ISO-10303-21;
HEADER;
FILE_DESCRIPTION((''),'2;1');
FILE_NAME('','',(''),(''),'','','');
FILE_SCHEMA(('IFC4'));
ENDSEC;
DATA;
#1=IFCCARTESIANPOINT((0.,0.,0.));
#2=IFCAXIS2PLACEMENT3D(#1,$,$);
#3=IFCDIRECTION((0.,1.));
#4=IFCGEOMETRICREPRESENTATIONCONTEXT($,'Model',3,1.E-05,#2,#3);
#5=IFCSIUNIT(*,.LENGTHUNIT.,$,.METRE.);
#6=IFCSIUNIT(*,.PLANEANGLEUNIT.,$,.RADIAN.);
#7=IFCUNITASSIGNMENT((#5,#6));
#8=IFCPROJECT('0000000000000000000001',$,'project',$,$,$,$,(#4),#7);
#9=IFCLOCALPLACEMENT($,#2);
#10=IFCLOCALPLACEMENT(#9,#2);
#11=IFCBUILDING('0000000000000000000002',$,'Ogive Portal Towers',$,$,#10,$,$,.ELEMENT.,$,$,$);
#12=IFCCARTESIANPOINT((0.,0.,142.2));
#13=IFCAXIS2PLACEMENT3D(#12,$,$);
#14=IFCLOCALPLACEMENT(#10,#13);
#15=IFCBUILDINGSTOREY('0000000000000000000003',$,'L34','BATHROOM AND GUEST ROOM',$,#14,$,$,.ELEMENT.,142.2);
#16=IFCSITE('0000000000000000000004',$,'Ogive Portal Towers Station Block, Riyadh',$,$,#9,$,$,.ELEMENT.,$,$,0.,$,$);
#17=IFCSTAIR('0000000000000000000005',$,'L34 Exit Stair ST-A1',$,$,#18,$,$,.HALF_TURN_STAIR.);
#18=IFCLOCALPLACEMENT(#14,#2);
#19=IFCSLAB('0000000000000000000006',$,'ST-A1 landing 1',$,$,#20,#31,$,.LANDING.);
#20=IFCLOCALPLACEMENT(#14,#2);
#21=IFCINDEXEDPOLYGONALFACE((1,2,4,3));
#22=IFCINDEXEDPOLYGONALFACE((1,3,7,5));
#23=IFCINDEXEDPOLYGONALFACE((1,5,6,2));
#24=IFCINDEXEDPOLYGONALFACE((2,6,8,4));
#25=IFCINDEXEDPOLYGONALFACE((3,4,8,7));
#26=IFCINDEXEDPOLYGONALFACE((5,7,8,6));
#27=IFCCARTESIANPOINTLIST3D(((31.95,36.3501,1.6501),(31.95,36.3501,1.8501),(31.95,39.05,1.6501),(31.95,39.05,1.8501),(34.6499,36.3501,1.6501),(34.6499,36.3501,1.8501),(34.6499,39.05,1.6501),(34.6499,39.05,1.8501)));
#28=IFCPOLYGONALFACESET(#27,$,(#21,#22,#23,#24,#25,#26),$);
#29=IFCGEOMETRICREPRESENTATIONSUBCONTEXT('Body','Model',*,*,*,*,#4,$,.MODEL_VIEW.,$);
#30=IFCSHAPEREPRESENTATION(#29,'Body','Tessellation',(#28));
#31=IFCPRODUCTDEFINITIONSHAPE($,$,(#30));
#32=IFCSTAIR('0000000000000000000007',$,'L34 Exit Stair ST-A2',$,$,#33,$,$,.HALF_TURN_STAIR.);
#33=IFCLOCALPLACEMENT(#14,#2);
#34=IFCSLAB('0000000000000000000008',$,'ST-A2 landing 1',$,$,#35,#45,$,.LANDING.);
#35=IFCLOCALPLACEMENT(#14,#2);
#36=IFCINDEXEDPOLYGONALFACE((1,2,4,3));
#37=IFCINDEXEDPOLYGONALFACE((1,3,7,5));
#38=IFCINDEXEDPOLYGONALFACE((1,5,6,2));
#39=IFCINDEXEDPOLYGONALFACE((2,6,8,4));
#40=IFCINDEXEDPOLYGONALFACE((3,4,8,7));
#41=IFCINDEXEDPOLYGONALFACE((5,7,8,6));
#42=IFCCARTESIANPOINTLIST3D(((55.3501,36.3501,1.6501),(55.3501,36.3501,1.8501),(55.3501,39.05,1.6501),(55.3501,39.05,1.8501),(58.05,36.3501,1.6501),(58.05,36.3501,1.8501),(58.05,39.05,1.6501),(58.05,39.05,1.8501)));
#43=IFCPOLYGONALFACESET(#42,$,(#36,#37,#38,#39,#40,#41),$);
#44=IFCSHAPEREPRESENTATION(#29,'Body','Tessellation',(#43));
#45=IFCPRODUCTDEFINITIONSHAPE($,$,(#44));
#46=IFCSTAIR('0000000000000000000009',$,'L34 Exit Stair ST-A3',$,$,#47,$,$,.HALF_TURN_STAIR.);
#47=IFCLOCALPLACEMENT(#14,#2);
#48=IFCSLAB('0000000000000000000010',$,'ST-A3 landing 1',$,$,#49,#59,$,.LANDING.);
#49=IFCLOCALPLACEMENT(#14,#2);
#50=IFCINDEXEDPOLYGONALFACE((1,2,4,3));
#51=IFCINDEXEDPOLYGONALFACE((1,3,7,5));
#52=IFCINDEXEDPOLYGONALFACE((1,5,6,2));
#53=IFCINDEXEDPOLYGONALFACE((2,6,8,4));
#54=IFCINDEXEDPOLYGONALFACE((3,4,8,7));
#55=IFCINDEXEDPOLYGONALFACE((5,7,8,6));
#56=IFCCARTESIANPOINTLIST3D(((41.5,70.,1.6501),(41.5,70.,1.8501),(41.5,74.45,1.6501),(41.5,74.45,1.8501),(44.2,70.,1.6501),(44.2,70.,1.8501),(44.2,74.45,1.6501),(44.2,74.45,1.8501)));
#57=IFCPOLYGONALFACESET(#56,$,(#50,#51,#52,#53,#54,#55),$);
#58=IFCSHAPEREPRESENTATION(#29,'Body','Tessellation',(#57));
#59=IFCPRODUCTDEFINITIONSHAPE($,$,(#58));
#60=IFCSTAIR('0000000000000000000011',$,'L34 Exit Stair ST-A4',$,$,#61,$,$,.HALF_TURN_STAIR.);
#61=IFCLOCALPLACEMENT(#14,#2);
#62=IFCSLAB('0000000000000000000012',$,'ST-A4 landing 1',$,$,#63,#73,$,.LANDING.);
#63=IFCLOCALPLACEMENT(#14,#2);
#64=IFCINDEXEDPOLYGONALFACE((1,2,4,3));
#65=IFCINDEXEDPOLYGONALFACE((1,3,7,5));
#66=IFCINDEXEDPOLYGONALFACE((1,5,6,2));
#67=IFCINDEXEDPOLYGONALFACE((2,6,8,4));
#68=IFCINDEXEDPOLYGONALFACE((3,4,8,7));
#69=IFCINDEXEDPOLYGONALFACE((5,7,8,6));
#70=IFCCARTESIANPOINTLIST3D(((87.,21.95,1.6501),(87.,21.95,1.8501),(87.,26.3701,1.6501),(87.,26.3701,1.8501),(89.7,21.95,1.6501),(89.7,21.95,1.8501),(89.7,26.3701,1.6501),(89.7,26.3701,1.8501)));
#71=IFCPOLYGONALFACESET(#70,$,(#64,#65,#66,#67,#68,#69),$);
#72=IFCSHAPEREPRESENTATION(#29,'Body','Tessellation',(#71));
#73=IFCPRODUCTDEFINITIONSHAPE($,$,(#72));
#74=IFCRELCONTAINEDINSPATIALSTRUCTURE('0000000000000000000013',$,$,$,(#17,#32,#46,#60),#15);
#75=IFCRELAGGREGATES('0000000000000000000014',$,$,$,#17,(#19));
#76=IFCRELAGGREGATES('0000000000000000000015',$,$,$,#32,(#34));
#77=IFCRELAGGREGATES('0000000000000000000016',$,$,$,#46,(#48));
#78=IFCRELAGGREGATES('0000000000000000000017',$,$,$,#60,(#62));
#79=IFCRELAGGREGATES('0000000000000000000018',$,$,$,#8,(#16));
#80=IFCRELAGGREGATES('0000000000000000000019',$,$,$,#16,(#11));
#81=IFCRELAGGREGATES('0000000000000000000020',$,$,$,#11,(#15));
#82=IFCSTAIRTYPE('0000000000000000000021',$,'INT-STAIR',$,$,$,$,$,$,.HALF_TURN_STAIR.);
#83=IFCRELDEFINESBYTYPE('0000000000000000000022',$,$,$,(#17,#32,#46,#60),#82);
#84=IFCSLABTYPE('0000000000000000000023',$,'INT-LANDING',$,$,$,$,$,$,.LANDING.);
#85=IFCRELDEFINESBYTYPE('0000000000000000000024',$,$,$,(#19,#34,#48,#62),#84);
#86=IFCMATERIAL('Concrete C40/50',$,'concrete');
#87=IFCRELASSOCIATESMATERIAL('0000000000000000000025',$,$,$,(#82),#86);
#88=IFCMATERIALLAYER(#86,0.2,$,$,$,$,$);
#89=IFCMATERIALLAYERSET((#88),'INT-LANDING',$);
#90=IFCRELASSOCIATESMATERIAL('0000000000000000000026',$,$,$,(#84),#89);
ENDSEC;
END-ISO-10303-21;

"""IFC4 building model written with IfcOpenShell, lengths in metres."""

from ifc_helpers import new_model, si_unit, direction, frame, origin, place, context, subcontext, project, spatial, polyline, outline, extrude, material, layer, layer_set, type_object, element, aggregate, save


model = new_model("IFC4")

# Units and contexts
model_context = context("Model", 3, precision=1e-05, world=origin(), true_north=direction((0.0, 1.0)))
body_context = subcontext(model_context, "Body", "Model", "MODEL_VIEW")
ifc_project = project(units=[si_unit("LENGTHUNIT", "METRE"), si_unit("PLANEANGLEUNIT", "RADIAN")], contexts=[model_context])

# Site, building, storey
site_placement = place(None, origin())
site = spatial("IfcSite", under=ifc_project, at=site_placement, Name="Ogive Portal Towers Station Block, Riyadh", CompositionType="ELEMENT", RefElevation=0.0)
building_placement = place(site_placement, origin())
building = spatial("IfcBuilding", under=site, at=building_placement, Name="Ogive Portal Towers", CompositionType="ELEMENT")
storey_placement = place(building_placement, frame((0.0, 0.0, 142.2)))
storey = spatial("IfcBuildingStorey", under=building, at=storey_placement, Name="L34", Description="BATHROOM AND GUEST ROOM", CompositionType="ELEMENT", Elevation=142.2)

# Stairs, slabs
ifc_material_1 = material(Name="Concrete C40/50", Category="concrete")
stair_type = type_object("IfcStairType", Name="INT-STAIR", PredefinedType="HALF_TURN_STAIR", material=ifc_material_1)
stair_1_placement = place(storey_placement, origin())
stair_1 = element("IfcStair", 1, at=stair_1_placement, inside=storey, type_object=stair_type, Name="L34 Exit Stair ST-A1", PredefinedType="HALF_TURN_STAIR")
ifc_layer_1 = layer(ifc_material_1, 0.2)
ifc_layer_set_1 = layer_set([ifc_layer_1], Name="INT-LANDING")
slab_type_1 = type_object("IfcSlabType", Name="INT-LANDING", PredefinedType="LANDING", material=ifc_layer_set_1)
slab_1_placement = place(storey_placement, frame((0.0, 0.0, 1.6501)))
slab_1 = element("IfcSlab", 2, at=slab_1_placement, type_object=slab_type_1, Name="ST-A1 landing 1", PredefinedType="LANDING", context=body_context, shape_type="SweptSolid", body=[
    extrude(outline(polyline([(34.6499, 39.05), (31.95, 39.05), (31.95, 36.3501), (34.6499, 36.3501), (34.6499, 39.05)])), origin(), (0.0, 0.0, 1.0), 0.2),
])
aggregate(stair_1, [slab_1])
stair_2_placement = place(storey_placement, origin())
stair_2 = element("IfcStair", 3, at=stair_2_placement, inside=storey, type_object=stair_type, Name="L34 Exit Stair ST-A2", PredefinedType="HALF_TURN_STAIR")
slab_2_placement = place(storey_placement, frame((0.0, 0.0, 1.6501)))
slab_2 = element("IfcSlab", 4, at=slab_2_placement, type_object=slab_type_1, Name="ST-A2 landing 1", PredefinedType="LANDING", context=body_context, shape_type="SweptSolid", body=[
    extrude(outline(polyline([(55.3501, 36.3501), (58.05, 36.3501), (58.05, 39.05), (55.3501, 39.05), (55.3501, 36.3501)])), origin(), (0.0, 0.0, 1.0), 0.2),
])
aggregate(stair_2, [slab_2])
stair_3_placement = place(storey_placement, origin())
stair_3 = element("IfcStair", 5, at=stair_3_placement, inside=storey, type_object=stair_type, Name="L34 Exit Stair ST-A3", PredefinedType="HALF_TURN_STAIR")
slab_3_placement = place(storey_placement, frame((0.0, 0.0, 1.6501)))
slab_3 = element("IfcSlab", 6, at=slab_3_placement, type_object=slab_type_1, Name="ST-A3 landing 1", PredefinedType="LANDING", context=body_context, shape_type="SweptSolid", body=[
    extrude(outline(polyline([(44.2, 70.0), (44.2, 74.45), (41.5, 74.45), (41.5, 70.0), (44.2, 70.0)])), origin(), (0.0, 0.0, 1.0), 0.2),
])
aggregate(stair_3, [slab_3])
stair_4_placement = place(storey_placement, origin())
stair_4 = element("IfcStair", 7, at=stair_4_placement, inside=storey, type_object=stair_type, Name="L34 Exit Stair ST-A4", PredefinedType="HALF_TURN_STAIR")
slab_4_placement = place(storey_placement, frame((0.0, 0.0, 1.6501)))
slab_4 = element("IfcSlab", 8, at=slab_4_placement, type_object=slab_type_1, Name="ST-A4 landing 1", PredefinedType="LANDING", context=body_context, shape_type="SweptSolid", body=[
    extrude(outline(polyline([(87.0, 26.3701), (87.0, 21.95), (89.7, 21.95), (89.7, 26.3701), (87.0, 26.3701)])), origin(), (0.0, 0.0, 1.0), 0.2),
])
aggregate(stair_4, [slab_4])

save(model, "model.ifc")
